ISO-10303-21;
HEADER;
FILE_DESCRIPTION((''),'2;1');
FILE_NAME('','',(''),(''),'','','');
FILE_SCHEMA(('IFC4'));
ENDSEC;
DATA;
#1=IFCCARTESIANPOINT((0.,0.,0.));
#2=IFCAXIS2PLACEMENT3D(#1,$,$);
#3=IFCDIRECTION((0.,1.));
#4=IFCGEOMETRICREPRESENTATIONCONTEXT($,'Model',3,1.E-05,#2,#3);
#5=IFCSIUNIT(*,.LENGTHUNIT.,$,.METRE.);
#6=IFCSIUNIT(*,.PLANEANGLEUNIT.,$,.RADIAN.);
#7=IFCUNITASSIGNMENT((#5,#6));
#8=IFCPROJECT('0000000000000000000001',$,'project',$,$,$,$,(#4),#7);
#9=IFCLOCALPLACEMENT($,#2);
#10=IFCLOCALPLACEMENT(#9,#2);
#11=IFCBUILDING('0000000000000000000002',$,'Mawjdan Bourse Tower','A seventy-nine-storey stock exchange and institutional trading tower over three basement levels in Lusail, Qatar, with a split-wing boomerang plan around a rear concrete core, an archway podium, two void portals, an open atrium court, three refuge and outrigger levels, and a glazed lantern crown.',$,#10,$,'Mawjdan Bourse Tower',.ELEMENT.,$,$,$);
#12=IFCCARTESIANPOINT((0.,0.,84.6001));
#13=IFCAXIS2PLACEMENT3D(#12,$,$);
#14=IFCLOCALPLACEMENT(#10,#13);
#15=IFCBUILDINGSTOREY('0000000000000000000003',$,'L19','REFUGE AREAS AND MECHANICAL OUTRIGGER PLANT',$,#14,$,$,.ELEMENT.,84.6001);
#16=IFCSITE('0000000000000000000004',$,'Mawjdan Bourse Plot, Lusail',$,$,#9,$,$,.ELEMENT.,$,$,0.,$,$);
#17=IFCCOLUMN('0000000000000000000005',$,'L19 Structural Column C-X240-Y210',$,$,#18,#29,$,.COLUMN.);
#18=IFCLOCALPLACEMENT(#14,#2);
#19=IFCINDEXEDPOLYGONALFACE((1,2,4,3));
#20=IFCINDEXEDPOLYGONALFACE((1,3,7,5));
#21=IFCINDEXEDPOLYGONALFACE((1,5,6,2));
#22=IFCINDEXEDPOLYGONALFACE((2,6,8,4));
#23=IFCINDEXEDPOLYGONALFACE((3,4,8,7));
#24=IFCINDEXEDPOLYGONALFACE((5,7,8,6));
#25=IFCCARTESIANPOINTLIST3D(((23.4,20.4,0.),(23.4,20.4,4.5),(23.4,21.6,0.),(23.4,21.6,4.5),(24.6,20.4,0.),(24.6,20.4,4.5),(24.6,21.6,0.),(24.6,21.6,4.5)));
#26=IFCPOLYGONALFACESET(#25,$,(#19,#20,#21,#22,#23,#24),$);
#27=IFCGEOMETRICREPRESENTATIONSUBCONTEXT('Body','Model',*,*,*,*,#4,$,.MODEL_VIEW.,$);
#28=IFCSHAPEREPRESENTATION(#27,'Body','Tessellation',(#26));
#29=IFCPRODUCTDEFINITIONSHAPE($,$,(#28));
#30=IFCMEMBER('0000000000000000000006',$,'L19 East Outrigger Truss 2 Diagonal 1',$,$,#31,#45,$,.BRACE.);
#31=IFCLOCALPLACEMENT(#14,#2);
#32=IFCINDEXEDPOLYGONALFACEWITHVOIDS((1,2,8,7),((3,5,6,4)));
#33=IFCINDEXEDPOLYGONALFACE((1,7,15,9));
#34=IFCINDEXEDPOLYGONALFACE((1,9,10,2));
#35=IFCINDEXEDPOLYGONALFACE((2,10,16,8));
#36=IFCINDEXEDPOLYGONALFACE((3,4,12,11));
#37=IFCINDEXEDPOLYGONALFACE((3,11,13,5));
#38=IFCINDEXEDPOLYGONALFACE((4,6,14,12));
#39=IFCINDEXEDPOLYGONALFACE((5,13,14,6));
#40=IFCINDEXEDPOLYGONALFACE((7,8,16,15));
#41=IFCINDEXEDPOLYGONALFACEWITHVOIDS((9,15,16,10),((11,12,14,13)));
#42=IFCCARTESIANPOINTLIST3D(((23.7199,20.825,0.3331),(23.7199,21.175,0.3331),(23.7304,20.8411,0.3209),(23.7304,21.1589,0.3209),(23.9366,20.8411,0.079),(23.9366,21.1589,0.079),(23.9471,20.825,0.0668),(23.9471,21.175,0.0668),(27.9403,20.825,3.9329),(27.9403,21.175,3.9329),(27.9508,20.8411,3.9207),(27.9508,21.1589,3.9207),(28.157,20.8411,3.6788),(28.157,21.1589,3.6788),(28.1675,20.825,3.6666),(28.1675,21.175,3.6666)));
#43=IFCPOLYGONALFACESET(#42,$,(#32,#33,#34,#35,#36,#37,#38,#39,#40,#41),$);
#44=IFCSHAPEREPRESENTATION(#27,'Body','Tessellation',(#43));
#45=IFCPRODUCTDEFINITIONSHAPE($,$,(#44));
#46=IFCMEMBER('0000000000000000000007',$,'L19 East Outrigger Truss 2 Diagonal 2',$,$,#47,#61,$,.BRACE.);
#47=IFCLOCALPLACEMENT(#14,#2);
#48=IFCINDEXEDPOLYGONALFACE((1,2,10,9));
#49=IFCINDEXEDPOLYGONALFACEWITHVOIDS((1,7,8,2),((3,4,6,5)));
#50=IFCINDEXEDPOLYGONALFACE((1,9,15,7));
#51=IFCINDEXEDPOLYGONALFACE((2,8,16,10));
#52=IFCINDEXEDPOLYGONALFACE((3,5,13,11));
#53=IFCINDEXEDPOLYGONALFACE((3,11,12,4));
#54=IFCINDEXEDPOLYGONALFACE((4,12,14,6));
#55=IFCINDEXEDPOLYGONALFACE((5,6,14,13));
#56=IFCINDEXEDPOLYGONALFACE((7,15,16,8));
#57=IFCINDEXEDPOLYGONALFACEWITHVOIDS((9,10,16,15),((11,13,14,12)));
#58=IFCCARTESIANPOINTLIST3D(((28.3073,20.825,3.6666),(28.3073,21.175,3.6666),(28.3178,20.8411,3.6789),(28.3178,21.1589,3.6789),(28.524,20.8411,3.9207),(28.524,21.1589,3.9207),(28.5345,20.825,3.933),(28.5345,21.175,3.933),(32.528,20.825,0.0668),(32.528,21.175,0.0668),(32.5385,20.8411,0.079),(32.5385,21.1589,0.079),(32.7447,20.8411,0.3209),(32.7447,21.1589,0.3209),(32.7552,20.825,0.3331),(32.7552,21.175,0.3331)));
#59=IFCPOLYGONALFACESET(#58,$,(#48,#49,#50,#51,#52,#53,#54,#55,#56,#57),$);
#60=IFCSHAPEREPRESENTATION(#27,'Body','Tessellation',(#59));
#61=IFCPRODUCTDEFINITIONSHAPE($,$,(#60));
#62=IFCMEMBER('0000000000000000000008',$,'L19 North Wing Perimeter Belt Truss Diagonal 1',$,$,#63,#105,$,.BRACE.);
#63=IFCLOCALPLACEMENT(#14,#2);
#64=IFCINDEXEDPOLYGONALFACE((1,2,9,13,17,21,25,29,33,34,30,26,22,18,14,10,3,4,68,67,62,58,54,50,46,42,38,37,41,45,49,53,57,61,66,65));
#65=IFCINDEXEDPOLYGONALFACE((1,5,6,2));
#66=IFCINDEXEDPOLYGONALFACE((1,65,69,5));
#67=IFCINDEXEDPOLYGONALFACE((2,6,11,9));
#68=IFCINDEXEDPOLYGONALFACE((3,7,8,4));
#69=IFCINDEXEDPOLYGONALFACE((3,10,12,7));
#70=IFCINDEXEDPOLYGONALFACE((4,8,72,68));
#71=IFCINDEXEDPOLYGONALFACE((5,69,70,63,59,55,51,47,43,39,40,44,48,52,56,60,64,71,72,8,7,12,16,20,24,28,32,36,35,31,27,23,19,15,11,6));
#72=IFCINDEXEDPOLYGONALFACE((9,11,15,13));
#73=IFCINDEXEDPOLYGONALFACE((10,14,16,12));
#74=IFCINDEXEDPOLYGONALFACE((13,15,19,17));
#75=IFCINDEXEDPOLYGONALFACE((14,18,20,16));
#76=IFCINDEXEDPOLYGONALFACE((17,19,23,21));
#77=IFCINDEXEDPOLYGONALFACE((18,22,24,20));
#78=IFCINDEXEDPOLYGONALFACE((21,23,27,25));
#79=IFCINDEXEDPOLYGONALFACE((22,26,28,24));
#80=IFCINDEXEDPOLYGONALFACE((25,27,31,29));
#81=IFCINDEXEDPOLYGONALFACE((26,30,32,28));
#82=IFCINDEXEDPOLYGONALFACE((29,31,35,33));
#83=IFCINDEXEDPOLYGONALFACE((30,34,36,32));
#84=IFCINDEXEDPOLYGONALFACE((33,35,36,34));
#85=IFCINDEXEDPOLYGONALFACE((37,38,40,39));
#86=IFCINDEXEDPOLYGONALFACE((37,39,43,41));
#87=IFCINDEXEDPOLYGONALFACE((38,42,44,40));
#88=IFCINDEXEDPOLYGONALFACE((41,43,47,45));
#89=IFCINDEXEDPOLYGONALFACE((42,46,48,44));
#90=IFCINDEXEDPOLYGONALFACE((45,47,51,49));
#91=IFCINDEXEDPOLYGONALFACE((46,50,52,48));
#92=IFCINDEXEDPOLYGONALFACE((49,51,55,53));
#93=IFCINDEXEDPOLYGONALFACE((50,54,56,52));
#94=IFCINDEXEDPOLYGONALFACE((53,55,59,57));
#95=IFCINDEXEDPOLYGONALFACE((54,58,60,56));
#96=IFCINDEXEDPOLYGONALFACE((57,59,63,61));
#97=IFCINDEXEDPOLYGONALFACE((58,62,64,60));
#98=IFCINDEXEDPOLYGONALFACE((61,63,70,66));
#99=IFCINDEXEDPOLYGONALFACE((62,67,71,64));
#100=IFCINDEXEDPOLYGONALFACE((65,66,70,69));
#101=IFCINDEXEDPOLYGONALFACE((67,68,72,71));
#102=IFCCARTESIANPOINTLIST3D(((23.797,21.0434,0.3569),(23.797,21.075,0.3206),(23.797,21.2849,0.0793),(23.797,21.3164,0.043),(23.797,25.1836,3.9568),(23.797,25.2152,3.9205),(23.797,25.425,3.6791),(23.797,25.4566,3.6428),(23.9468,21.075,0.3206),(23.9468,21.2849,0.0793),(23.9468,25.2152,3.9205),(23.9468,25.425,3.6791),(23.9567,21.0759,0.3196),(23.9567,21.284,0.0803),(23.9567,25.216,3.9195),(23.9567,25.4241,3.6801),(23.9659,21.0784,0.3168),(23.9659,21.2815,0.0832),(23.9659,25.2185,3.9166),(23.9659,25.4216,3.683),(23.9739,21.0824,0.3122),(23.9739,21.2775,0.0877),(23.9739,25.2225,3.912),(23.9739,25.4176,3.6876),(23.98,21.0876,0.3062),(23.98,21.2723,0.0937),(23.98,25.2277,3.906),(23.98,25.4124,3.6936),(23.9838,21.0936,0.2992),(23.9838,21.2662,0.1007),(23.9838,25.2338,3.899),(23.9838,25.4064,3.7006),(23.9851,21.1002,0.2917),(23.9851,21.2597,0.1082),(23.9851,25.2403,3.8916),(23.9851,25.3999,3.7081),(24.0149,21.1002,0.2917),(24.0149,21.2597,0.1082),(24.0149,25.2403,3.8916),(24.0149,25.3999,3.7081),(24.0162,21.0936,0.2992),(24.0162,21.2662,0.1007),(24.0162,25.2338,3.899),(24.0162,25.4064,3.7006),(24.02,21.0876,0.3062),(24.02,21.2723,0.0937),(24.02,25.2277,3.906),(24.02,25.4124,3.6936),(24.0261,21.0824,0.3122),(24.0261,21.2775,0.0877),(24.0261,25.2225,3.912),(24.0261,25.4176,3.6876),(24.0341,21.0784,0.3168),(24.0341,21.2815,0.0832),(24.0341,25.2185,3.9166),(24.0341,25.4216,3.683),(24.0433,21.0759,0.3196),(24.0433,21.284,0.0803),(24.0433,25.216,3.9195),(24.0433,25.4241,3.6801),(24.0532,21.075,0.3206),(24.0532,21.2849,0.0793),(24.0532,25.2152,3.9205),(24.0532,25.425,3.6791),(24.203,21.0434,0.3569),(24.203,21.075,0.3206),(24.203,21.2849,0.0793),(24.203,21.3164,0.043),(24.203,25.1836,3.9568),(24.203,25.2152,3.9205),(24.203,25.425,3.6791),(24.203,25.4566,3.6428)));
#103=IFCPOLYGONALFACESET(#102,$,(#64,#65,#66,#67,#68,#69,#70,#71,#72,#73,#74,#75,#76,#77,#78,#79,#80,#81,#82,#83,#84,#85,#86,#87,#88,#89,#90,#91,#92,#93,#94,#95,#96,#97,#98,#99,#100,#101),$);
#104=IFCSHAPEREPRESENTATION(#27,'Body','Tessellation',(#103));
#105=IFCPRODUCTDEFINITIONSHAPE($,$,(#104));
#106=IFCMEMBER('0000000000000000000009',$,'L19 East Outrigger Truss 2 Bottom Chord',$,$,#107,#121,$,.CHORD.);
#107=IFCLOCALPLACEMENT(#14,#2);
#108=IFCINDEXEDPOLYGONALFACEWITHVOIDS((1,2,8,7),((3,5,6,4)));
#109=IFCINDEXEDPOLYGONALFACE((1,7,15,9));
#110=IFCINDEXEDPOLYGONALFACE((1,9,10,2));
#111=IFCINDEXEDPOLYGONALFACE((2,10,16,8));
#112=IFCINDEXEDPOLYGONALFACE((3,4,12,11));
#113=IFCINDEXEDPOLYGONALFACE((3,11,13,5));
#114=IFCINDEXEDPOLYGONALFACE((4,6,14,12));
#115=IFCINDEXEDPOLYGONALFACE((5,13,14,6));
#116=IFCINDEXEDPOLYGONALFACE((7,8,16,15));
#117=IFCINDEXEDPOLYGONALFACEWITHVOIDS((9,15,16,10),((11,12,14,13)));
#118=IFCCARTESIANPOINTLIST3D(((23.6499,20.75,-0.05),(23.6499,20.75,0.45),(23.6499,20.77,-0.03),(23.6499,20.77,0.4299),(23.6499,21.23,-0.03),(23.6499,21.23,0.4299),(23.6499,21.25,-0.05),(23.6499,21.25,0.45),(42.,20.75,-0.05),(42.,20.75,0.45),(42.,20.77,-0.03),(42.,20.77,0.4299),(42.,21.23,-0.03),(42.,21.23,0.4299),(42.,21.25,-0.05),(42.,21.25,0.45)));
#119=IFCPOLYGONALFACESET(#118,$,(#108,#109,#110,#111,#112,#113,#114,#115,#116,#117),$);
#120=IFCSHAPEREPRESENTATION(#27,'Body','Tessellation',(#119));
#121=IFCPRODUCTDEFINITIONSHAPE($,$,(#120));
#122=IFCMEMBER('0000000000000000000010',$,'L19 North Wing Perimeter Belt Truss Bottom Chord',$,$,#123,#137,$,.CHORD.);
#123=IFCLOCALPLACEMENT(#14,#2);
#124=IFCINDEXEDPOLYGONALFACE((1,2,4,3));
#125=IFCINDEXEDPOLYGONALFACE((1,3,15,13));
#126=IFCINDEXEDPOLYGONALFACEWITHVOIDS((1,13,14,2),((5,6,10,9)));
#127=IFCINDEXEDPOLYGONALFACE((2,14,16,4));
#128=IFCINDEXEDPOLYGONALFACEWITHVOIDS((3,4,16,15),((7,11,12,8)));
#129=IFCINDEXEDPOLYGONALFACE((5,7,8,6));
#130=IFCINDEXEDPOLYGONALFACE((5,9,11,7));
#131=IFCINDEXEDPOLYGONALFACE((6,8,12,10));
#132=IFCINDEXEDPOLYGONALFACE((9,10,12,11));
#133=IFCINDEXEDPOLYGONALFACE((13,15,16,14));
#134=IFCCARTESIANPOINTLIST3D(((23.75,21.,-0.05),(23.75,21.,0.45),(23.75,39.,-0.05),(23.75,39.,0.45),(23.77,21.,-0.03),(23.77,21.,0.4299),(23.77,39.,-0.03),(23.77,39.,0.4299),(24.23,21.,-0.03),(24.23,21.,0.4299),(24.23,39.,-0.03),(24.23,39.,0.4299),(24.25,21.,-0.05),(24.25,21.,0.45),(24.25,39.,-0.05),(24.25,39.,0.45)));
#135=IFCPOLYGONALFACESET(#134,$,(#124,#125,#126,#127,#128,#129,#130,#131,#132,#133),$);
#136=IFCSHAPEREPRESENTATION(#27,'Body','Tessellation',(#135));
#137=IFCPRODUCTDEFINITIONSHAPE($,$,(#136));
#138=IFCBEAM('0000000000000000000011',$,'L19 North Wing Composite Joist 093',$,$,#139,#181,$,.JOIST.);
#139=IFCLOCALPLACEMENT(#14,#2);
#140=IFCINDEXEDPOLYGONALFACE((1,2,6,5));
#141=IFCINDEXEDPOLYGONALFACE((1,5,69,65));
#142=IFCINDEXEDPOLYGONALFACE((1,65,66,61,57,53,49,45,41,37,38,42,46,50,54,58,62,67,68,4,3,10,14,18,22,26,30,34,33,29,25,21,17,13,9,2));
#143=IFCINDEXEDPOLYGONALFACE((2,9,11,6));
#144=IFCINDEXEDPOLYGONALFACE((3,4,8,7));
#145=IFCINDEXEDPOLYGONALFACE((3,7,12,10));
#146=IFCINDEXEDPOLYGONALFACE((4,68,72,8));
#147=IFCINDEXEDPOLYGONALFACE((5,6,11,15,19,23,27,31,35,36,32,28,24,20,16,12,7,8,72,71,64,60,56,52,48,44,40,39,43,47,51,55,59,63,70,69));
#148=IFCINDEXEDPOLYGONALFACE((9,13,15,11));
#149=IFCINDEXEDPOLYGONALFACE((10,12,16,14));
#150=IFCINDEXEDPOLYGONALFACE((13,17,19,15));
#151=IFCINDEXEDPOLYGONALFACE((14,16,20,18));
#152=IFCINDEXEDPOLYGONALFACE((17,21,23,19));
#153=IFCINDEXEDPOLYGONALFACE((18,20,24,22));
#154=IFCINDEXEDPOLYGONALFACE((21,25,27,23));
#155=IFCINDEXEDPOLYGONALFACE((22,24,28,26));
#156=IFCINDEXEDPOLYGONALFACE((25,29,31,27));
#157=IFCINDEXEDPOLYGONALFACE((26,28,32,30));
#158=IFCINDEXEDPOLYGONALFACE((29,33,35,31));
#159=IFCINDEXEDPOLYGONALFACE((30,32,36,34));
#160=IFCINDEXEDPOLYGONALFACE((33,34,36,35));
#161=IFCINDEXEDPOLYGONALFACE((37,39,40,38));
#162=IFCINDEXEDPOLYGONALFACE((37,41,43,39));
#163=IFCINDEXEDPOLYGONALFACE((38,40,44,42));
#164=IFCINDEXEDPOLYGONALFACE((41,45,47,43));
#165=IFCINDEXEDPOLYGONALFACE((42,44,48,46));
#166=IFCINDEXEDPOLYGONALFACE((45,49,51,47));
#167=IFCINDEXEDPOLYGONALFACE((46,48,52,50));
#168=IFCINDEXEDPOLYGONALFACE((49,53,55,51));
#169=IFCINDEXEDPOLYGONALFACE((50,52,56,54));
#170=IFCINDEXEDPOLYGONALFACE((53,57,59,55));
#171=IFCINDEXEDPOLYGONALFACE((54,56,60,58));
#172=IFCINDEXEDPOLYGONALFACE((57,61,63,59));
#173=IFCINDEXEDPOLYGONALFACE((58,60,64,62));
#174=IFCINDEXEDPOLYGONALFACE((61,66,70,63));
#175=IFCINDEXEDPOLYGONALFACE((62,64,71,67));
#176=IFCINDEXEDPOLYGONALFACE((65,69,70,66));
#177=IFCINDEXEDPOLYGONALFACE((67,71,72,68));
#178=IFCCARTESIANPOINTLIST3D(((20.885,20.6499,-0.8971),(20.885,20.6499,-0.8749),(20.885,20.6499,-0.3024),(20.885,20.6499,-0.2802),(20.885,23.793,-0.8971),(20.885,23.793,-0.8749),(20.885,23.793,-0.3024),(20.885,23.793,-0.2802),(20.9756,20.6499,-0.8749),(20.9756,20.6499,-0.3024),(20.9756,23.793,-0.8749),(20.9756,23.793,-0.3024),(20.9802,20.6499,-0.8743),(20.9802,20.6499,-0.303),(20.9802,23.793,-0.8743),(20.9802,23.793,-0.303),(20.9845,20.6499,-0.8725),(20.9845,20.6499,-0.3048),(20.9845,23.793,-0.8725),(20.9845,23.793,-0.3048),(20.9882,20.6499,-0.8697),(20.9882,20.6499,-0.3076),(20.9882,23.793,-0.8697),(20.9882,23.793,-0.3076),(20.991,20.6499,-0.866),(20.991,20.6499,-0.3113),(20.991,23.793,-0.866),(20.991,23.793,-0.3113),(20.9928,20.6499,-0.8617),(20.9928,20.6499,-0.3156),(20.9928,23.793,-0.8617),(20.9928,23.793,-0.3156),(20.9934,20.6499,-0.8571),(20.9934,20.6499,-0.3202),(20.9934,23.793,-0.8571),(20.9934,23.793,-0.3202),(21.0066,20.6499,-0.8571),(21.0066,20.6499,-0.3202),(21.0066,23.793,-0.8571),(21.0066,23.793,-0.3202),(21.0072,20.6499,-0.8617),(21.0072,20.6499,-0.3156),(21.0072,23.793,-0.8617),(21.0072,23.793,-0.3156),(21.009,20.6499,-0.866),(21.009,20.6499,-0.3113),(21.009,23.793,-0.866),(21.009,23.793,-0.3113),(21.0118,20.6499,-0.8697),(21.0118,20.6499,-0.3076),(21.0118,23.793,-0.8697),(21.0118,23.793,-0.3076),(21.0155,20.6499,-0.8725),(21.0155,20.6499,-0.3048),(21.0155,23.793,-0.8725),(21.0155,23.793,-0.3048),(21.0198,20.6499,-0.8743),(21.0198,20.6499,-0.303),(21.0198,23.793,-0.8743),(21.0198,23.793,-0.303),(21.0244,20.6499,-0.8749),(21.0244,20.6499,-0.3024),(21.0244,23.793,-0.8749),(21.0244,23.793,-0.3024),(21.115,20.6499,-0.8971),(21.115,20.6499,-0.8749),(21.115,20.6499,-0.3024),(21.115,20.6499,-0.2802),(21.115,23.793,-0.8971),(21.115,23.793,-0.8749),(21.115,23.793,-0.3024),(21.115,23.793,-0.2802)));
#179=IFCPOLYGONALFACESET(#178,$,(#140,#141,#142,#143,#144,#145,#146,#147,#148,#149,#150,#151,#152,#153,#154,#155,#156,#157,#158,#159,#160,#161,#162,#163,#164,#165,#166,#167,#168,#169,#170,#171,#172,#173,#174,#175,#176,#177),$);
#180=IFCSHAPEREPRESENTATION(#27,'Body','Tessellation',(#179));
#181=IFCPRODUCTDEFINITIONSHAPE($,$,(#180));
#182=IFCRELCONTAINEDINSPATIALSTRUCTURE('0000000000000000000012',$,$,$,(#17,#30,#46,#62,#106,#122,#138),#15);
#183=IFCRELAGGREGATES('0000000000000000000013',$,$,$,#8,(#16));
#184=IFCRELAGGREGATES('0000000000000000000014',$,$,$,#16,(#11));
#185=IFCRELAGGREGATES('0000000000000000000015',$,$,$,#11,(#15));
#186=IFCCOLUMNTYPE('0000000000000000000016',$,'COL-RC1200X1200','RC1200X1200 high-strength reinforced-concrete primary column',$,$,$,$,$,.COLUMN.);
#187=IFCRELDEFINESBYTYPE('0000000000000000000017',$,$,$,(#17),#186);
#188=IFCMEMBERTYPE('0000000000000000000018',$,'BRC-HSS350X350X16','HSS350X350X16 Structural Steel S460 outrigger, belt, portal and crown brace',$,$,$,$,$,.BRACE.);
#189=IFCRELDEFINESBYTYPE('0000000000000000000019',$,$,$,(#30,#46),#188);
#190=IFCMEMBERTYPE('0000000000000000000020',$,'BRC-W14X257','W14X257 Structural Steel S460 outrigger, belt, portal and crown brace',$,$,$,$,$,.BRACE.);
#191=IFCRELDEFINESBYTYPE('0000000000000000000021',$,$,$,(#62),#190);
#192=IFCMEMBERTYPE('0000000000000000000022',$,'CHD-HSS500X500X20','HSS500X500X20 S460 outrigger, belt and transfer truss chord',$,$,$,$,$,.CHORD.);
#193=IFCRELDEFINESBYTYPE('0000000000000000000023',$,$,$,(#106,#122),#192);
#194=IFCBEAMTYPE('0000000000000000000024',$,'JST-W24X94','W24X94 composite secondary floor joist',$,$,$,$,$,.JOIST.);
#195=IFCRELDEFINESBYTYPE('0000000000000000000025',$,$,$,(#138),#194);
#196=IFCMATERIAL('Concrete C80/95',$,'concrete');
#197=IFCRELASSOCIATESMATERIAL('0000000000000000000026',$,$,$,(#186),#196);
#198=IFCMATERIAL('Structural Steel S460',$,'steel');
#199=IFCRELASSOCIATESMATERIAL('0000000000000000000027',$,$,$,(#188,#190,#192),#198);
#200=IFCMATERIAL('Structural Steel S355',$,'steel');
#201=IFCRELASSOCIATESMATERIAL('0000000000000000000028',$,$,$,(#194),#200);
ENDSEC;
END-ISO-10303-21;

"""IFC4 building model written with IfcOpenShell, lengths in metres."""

from ifc_helpers import new_model, si_unit, direction, frame, origin, origin_2d, place, context, subcontext, project, spatial, rectangle, hollow_rectangle, i_section, extrude, material, material_profile, profile_set, type_object, element, save


model = new_model("IFC4")

# Units and contexts
model_context = context("Model", 3, precision=1e-05, world=origin(), true_north=direction((0.0, 1.0)))
body_context = subcontext(model_context, "Body", "Model", "MODEL_VIEW")
ifc_project = project(units=[si_unit("LENGTHUNIT", "METRE"), si_unit("PLANEANGLEUNIT", "RADIAN")], contexts=[model_context])

# Site, building, storey
site_placement = place(None, origin())
site = spatial("IfcSite", under=ifc_project, at=site_placement, Name="Mawjdan Bourse Plot, Lusail", CompositionType="ELEMENT", RefElevation=0.0)
building_placement = place(site_placement, origin())
building = spatial("IfcBuilding", under=site, at=building_placement, Name="Mawjdan Bourse Tower", Description="A seventy-nine-storey stock exchange and institutional trading tower over three basement levels in Lusail, Qatar, with a split-wing boomerang plan around a rear concrete core, an archway podium, two void portals, an open atrium court, three refuge and outrigger levels, and a glazed lantern crown.", LongName="Mawjdan Bourse Tower", CompositionType="ELEMENT")
storey_placement = place(building_placement, frame((0.0, 0.0, 84.6001)))
storey = spatial("IfcBuildingStorey", under=building, at=storey_placement, Name="L19", Description="REFUGE AREAS AND MECHANICAL OUTRIGGER PLANT", CompositionType="ELEMENT", Elevation=84.6001)

# Column
ifc_material_1 = material(Name="Concrete C80/95", Category="concrete")
ifc_material_profile_1 = material_profile(ifc_material_1, rectangle(XDim=1.2, YDim=1.2, at=origin_2d()), Name="RC1200X1200")
ifc_profile_set_1 = profile_set([ifc_material_profile_1], Name="Concrete C80/95")
column_type = type_object("IfcColumnType", Name="COL-RC1200X1200", Description="RC1200X1200 high-strength reinforced-concrete primary column", PredefinedType="COLUMN", material=ifc_profile_set_1)
column_placement = place(storey_placement, frame((24.0, 21.0, 0.0), z_axis=(0.0, 0.0, 1.0), x_axis=(1.0, 0.0, 0.0)))
element("IfcColumn", 1, at=column_placement, inside=storey, type_object=column_type, Name="L19 Structural Column C-X240-Y210", PredefinedType="COLUMN", context=body_context, shape_type="SweptSolid", body=[
    extrude(rectangle(XDim=1.2, YDim=1.2, at=origin_2d()), origin(), (0.0, 0.0, 1.0), 4.5),
])

# Members
ifc_material_2 = material(Name="Structural Steel S460", Category="steel")
ifc_material_profile_2 = material_profile(ifc_material_2, hollow_rectangle(XDim=0.3501, YDim=0.3501, WallThickness=0.0161, at=origin_2d()), Name="HSS350X350X16")
ifc_profile_set_2 = profile_set([ifc_material_profile_2], Name="Structural Steel S460")
member_type_1 = type_object("IfcMemberType", Name="BRC-HSS350X350X16", Description="HSS350X350X16 Structural Steel S460 outrigger, belt, portal and crown brace", PredefinedType="BRACE", material=ifc_profile_set_2)
member_1_placement = place(storey_placement, frame((23.8335, 21.0, 0.2), z_axis=(0.760829, 0.0, 0.648952), x_axis=(0.0, 1.0, 0.0)))
element("IfcMember", 2, at=member_1_placement, inside=storey, type_object=member_type_1, Name="L19 East Outrigger Truss 2 Diagonal 1", PredefinedType="BRACE", context=body_context, shape_type="SweptSolid", body=[
    extrude(hollow_rectangle(XDim=0.3501, YDim=0.3501, WallThickness=0.0161, at=origin_2d()), origin(), (0.0, 0.0, 1.0), 5.5471),
])
member_2_placement = place(storey_placement, frame((28.4209, 21.0, 3.7998), z_axis=(0.760848, 0.0, -0.64893), x_axis=(0.0, 1.0, 0.0)))
element("IfcMember", 3, at=member_2_placement, inside=storey, type_object=member_type_1, Name="L19 East Outrigger Truss 2 Diagonal 2", PredefinedType="BRACE", context=body_context, shape_type="SweptSolid", body=[
    extrude(hollow_rectangle(XDim=0.3501, YDim=0.3501, WallThickness=0.0161, at=origin_2d()), origin(), (0.0, 0.0, 1.0), 5.5474),
])
ifc_material_profile_3 = material_profile(ifc_material_2, i_section(OverallWidth=0.406, OverallDepth=0.416, WebThickness=0.0298, FlangeThickness=0.0481, FilletRadius=0.0383, at=origin_2d()), Name="W14X257")
ifc_profile_set_3 = profile_set([ifc_material_profile_3], Name="Structural Steel S460")
member_type_2 = type_object("IfcMemberType", Name="BRC-W14X257", Description="W14X257 Structural Steel S460 outrigger, belt, portal and crown brace", PredefinedType="BRACE", material=ifc_profile_set_3)
member_3_placement = place(storey_placement, frame((24.0, 21.1799, 0.2), z_axis=(0.0, 0.754629, 0.656151), x_axis=(-1.0, 0.0, 0.0)))
element("IfcMember", 4, at=member_3_placement, inside=storey, type_object=member_type_2, Name="L19 North Wing Perimeter Belt Truss Diagonal 1", PredefinedType="BRACE", context=body_context, shape_type="SweptSolid", body=[
    extrude(i_section(OverallWidth=0.406, OverallDepth=0.416, WebThickness=0.0298, FlangeThickness=0.0481, FilletRadius=0.0383, at=origin_2d()), origin(), (0.0, 0.0, 1.0), 5.4863),
])
ifc_material_profile_4 = material_profile(ifc_material_2, hollow_rectangle(XDim=0.5, YDim=0.5, WallThickness=0.02, at=origin_2d()), Name="HSS500X500X20")
ifc_profile_set_4 = profile_set([ifc_material_profile_4], Name="Structural Steel S460")
member_type_3 = type_object("IfcMemberType", Name="CHD-HSS500X500X20", Description="HSS500X500X20 S460 outrigger, belt and transfer truss chord", PredefinedType="CHORD", material=ifc_profile_set_4)
member_4_placement = place(storey_placement, frame((23.6499, 21.0, 0.2), z_axis=(1.0, 0.0, 0.0), x_axis=(0.0, 1.0, 0.0)))
element("IfcMember", 5, at=member_4_placement, inside=storey, type_object=member_type_3, Name="L19 East Outrigger Truss 2 Bottom Chord", PredefinedType="CHORD", context=body_context, shape_type="SweptSolid", body=[
    extrude(hollow_rectangle(XDim=0.5, YDim=0.5, WallThickness=0.02, at=origin_2d()), origin(), (0.0, 0.0, 1.0), 18.3501),
])
member_5_placement = place(storey_placement, frame((24.0, 21.0, 0.2), z_axis=(0.0, 1.0, 0.0), x_axis=(-1.0, 0.0, 0.0)))
element("IfcMember", 6, at=member_5_placement, inside=storey, type_object=member_type_3, Name="L19 North Wing Perimeter Belt Truss Bottom Chord", PredefinedType="CHORD", context=body_context, shape_type="SweptSolid", body=[
    extrude(hollow_rectangle(XDim=0.5, YDim=0.5, WallThickness=0.02, at=origin_2d()), origin(), (0.0, 0.0, 1.0), 18.0),
])

# Beam
ifc_material_3 = material(Name="Structural Steel S355", Category="steel")
ifc_material_profile_5 = material_profile(ifc_material_3, i_section(OverallWidth=0.23, OverallDepth=0.6169, WebThickness=0.0132, FlangeThickness=0.0222, FilletRadius=0.0178, at=origin_2d()), Name="W24X94")
ifc_profile_set_5 = profile_set([ifc_material_profile_5], Name="Structural Steel S355")
beam_type_1 = type_object("IfcBeamType", Name="JST-W24X94", Description="W24X94 composite secondary floor joist", PredefinedType="JOIST", material=ifc_profile_set_5)
beam_1_placement = place(storey_placement, frame((21.0, 20.6499, -0.5886), z_axis=(0.0, 1.0, 0.0), x_axis=(-1.0, 0.0, 0.0)))
element("IfcBeam", 7, at=beam_1_placement, inside=storey, type_object=beam_type_1, Name="L19 North Wing Composite Joist 093", PredefinedType="JOIST", context=body_context, shape_type="SweptSolid", body=[
    extrude(i_section(OverallWidth=0.23, OverallDepth=0.6169, WebThickness=0.0132, FlangeThickness=0.0222, FilletRadius=0.0178, at=origin_2d()), origin(), (0.0, 0.0, 1.0), 3.1431),
])

save(model, "model.ifc")
